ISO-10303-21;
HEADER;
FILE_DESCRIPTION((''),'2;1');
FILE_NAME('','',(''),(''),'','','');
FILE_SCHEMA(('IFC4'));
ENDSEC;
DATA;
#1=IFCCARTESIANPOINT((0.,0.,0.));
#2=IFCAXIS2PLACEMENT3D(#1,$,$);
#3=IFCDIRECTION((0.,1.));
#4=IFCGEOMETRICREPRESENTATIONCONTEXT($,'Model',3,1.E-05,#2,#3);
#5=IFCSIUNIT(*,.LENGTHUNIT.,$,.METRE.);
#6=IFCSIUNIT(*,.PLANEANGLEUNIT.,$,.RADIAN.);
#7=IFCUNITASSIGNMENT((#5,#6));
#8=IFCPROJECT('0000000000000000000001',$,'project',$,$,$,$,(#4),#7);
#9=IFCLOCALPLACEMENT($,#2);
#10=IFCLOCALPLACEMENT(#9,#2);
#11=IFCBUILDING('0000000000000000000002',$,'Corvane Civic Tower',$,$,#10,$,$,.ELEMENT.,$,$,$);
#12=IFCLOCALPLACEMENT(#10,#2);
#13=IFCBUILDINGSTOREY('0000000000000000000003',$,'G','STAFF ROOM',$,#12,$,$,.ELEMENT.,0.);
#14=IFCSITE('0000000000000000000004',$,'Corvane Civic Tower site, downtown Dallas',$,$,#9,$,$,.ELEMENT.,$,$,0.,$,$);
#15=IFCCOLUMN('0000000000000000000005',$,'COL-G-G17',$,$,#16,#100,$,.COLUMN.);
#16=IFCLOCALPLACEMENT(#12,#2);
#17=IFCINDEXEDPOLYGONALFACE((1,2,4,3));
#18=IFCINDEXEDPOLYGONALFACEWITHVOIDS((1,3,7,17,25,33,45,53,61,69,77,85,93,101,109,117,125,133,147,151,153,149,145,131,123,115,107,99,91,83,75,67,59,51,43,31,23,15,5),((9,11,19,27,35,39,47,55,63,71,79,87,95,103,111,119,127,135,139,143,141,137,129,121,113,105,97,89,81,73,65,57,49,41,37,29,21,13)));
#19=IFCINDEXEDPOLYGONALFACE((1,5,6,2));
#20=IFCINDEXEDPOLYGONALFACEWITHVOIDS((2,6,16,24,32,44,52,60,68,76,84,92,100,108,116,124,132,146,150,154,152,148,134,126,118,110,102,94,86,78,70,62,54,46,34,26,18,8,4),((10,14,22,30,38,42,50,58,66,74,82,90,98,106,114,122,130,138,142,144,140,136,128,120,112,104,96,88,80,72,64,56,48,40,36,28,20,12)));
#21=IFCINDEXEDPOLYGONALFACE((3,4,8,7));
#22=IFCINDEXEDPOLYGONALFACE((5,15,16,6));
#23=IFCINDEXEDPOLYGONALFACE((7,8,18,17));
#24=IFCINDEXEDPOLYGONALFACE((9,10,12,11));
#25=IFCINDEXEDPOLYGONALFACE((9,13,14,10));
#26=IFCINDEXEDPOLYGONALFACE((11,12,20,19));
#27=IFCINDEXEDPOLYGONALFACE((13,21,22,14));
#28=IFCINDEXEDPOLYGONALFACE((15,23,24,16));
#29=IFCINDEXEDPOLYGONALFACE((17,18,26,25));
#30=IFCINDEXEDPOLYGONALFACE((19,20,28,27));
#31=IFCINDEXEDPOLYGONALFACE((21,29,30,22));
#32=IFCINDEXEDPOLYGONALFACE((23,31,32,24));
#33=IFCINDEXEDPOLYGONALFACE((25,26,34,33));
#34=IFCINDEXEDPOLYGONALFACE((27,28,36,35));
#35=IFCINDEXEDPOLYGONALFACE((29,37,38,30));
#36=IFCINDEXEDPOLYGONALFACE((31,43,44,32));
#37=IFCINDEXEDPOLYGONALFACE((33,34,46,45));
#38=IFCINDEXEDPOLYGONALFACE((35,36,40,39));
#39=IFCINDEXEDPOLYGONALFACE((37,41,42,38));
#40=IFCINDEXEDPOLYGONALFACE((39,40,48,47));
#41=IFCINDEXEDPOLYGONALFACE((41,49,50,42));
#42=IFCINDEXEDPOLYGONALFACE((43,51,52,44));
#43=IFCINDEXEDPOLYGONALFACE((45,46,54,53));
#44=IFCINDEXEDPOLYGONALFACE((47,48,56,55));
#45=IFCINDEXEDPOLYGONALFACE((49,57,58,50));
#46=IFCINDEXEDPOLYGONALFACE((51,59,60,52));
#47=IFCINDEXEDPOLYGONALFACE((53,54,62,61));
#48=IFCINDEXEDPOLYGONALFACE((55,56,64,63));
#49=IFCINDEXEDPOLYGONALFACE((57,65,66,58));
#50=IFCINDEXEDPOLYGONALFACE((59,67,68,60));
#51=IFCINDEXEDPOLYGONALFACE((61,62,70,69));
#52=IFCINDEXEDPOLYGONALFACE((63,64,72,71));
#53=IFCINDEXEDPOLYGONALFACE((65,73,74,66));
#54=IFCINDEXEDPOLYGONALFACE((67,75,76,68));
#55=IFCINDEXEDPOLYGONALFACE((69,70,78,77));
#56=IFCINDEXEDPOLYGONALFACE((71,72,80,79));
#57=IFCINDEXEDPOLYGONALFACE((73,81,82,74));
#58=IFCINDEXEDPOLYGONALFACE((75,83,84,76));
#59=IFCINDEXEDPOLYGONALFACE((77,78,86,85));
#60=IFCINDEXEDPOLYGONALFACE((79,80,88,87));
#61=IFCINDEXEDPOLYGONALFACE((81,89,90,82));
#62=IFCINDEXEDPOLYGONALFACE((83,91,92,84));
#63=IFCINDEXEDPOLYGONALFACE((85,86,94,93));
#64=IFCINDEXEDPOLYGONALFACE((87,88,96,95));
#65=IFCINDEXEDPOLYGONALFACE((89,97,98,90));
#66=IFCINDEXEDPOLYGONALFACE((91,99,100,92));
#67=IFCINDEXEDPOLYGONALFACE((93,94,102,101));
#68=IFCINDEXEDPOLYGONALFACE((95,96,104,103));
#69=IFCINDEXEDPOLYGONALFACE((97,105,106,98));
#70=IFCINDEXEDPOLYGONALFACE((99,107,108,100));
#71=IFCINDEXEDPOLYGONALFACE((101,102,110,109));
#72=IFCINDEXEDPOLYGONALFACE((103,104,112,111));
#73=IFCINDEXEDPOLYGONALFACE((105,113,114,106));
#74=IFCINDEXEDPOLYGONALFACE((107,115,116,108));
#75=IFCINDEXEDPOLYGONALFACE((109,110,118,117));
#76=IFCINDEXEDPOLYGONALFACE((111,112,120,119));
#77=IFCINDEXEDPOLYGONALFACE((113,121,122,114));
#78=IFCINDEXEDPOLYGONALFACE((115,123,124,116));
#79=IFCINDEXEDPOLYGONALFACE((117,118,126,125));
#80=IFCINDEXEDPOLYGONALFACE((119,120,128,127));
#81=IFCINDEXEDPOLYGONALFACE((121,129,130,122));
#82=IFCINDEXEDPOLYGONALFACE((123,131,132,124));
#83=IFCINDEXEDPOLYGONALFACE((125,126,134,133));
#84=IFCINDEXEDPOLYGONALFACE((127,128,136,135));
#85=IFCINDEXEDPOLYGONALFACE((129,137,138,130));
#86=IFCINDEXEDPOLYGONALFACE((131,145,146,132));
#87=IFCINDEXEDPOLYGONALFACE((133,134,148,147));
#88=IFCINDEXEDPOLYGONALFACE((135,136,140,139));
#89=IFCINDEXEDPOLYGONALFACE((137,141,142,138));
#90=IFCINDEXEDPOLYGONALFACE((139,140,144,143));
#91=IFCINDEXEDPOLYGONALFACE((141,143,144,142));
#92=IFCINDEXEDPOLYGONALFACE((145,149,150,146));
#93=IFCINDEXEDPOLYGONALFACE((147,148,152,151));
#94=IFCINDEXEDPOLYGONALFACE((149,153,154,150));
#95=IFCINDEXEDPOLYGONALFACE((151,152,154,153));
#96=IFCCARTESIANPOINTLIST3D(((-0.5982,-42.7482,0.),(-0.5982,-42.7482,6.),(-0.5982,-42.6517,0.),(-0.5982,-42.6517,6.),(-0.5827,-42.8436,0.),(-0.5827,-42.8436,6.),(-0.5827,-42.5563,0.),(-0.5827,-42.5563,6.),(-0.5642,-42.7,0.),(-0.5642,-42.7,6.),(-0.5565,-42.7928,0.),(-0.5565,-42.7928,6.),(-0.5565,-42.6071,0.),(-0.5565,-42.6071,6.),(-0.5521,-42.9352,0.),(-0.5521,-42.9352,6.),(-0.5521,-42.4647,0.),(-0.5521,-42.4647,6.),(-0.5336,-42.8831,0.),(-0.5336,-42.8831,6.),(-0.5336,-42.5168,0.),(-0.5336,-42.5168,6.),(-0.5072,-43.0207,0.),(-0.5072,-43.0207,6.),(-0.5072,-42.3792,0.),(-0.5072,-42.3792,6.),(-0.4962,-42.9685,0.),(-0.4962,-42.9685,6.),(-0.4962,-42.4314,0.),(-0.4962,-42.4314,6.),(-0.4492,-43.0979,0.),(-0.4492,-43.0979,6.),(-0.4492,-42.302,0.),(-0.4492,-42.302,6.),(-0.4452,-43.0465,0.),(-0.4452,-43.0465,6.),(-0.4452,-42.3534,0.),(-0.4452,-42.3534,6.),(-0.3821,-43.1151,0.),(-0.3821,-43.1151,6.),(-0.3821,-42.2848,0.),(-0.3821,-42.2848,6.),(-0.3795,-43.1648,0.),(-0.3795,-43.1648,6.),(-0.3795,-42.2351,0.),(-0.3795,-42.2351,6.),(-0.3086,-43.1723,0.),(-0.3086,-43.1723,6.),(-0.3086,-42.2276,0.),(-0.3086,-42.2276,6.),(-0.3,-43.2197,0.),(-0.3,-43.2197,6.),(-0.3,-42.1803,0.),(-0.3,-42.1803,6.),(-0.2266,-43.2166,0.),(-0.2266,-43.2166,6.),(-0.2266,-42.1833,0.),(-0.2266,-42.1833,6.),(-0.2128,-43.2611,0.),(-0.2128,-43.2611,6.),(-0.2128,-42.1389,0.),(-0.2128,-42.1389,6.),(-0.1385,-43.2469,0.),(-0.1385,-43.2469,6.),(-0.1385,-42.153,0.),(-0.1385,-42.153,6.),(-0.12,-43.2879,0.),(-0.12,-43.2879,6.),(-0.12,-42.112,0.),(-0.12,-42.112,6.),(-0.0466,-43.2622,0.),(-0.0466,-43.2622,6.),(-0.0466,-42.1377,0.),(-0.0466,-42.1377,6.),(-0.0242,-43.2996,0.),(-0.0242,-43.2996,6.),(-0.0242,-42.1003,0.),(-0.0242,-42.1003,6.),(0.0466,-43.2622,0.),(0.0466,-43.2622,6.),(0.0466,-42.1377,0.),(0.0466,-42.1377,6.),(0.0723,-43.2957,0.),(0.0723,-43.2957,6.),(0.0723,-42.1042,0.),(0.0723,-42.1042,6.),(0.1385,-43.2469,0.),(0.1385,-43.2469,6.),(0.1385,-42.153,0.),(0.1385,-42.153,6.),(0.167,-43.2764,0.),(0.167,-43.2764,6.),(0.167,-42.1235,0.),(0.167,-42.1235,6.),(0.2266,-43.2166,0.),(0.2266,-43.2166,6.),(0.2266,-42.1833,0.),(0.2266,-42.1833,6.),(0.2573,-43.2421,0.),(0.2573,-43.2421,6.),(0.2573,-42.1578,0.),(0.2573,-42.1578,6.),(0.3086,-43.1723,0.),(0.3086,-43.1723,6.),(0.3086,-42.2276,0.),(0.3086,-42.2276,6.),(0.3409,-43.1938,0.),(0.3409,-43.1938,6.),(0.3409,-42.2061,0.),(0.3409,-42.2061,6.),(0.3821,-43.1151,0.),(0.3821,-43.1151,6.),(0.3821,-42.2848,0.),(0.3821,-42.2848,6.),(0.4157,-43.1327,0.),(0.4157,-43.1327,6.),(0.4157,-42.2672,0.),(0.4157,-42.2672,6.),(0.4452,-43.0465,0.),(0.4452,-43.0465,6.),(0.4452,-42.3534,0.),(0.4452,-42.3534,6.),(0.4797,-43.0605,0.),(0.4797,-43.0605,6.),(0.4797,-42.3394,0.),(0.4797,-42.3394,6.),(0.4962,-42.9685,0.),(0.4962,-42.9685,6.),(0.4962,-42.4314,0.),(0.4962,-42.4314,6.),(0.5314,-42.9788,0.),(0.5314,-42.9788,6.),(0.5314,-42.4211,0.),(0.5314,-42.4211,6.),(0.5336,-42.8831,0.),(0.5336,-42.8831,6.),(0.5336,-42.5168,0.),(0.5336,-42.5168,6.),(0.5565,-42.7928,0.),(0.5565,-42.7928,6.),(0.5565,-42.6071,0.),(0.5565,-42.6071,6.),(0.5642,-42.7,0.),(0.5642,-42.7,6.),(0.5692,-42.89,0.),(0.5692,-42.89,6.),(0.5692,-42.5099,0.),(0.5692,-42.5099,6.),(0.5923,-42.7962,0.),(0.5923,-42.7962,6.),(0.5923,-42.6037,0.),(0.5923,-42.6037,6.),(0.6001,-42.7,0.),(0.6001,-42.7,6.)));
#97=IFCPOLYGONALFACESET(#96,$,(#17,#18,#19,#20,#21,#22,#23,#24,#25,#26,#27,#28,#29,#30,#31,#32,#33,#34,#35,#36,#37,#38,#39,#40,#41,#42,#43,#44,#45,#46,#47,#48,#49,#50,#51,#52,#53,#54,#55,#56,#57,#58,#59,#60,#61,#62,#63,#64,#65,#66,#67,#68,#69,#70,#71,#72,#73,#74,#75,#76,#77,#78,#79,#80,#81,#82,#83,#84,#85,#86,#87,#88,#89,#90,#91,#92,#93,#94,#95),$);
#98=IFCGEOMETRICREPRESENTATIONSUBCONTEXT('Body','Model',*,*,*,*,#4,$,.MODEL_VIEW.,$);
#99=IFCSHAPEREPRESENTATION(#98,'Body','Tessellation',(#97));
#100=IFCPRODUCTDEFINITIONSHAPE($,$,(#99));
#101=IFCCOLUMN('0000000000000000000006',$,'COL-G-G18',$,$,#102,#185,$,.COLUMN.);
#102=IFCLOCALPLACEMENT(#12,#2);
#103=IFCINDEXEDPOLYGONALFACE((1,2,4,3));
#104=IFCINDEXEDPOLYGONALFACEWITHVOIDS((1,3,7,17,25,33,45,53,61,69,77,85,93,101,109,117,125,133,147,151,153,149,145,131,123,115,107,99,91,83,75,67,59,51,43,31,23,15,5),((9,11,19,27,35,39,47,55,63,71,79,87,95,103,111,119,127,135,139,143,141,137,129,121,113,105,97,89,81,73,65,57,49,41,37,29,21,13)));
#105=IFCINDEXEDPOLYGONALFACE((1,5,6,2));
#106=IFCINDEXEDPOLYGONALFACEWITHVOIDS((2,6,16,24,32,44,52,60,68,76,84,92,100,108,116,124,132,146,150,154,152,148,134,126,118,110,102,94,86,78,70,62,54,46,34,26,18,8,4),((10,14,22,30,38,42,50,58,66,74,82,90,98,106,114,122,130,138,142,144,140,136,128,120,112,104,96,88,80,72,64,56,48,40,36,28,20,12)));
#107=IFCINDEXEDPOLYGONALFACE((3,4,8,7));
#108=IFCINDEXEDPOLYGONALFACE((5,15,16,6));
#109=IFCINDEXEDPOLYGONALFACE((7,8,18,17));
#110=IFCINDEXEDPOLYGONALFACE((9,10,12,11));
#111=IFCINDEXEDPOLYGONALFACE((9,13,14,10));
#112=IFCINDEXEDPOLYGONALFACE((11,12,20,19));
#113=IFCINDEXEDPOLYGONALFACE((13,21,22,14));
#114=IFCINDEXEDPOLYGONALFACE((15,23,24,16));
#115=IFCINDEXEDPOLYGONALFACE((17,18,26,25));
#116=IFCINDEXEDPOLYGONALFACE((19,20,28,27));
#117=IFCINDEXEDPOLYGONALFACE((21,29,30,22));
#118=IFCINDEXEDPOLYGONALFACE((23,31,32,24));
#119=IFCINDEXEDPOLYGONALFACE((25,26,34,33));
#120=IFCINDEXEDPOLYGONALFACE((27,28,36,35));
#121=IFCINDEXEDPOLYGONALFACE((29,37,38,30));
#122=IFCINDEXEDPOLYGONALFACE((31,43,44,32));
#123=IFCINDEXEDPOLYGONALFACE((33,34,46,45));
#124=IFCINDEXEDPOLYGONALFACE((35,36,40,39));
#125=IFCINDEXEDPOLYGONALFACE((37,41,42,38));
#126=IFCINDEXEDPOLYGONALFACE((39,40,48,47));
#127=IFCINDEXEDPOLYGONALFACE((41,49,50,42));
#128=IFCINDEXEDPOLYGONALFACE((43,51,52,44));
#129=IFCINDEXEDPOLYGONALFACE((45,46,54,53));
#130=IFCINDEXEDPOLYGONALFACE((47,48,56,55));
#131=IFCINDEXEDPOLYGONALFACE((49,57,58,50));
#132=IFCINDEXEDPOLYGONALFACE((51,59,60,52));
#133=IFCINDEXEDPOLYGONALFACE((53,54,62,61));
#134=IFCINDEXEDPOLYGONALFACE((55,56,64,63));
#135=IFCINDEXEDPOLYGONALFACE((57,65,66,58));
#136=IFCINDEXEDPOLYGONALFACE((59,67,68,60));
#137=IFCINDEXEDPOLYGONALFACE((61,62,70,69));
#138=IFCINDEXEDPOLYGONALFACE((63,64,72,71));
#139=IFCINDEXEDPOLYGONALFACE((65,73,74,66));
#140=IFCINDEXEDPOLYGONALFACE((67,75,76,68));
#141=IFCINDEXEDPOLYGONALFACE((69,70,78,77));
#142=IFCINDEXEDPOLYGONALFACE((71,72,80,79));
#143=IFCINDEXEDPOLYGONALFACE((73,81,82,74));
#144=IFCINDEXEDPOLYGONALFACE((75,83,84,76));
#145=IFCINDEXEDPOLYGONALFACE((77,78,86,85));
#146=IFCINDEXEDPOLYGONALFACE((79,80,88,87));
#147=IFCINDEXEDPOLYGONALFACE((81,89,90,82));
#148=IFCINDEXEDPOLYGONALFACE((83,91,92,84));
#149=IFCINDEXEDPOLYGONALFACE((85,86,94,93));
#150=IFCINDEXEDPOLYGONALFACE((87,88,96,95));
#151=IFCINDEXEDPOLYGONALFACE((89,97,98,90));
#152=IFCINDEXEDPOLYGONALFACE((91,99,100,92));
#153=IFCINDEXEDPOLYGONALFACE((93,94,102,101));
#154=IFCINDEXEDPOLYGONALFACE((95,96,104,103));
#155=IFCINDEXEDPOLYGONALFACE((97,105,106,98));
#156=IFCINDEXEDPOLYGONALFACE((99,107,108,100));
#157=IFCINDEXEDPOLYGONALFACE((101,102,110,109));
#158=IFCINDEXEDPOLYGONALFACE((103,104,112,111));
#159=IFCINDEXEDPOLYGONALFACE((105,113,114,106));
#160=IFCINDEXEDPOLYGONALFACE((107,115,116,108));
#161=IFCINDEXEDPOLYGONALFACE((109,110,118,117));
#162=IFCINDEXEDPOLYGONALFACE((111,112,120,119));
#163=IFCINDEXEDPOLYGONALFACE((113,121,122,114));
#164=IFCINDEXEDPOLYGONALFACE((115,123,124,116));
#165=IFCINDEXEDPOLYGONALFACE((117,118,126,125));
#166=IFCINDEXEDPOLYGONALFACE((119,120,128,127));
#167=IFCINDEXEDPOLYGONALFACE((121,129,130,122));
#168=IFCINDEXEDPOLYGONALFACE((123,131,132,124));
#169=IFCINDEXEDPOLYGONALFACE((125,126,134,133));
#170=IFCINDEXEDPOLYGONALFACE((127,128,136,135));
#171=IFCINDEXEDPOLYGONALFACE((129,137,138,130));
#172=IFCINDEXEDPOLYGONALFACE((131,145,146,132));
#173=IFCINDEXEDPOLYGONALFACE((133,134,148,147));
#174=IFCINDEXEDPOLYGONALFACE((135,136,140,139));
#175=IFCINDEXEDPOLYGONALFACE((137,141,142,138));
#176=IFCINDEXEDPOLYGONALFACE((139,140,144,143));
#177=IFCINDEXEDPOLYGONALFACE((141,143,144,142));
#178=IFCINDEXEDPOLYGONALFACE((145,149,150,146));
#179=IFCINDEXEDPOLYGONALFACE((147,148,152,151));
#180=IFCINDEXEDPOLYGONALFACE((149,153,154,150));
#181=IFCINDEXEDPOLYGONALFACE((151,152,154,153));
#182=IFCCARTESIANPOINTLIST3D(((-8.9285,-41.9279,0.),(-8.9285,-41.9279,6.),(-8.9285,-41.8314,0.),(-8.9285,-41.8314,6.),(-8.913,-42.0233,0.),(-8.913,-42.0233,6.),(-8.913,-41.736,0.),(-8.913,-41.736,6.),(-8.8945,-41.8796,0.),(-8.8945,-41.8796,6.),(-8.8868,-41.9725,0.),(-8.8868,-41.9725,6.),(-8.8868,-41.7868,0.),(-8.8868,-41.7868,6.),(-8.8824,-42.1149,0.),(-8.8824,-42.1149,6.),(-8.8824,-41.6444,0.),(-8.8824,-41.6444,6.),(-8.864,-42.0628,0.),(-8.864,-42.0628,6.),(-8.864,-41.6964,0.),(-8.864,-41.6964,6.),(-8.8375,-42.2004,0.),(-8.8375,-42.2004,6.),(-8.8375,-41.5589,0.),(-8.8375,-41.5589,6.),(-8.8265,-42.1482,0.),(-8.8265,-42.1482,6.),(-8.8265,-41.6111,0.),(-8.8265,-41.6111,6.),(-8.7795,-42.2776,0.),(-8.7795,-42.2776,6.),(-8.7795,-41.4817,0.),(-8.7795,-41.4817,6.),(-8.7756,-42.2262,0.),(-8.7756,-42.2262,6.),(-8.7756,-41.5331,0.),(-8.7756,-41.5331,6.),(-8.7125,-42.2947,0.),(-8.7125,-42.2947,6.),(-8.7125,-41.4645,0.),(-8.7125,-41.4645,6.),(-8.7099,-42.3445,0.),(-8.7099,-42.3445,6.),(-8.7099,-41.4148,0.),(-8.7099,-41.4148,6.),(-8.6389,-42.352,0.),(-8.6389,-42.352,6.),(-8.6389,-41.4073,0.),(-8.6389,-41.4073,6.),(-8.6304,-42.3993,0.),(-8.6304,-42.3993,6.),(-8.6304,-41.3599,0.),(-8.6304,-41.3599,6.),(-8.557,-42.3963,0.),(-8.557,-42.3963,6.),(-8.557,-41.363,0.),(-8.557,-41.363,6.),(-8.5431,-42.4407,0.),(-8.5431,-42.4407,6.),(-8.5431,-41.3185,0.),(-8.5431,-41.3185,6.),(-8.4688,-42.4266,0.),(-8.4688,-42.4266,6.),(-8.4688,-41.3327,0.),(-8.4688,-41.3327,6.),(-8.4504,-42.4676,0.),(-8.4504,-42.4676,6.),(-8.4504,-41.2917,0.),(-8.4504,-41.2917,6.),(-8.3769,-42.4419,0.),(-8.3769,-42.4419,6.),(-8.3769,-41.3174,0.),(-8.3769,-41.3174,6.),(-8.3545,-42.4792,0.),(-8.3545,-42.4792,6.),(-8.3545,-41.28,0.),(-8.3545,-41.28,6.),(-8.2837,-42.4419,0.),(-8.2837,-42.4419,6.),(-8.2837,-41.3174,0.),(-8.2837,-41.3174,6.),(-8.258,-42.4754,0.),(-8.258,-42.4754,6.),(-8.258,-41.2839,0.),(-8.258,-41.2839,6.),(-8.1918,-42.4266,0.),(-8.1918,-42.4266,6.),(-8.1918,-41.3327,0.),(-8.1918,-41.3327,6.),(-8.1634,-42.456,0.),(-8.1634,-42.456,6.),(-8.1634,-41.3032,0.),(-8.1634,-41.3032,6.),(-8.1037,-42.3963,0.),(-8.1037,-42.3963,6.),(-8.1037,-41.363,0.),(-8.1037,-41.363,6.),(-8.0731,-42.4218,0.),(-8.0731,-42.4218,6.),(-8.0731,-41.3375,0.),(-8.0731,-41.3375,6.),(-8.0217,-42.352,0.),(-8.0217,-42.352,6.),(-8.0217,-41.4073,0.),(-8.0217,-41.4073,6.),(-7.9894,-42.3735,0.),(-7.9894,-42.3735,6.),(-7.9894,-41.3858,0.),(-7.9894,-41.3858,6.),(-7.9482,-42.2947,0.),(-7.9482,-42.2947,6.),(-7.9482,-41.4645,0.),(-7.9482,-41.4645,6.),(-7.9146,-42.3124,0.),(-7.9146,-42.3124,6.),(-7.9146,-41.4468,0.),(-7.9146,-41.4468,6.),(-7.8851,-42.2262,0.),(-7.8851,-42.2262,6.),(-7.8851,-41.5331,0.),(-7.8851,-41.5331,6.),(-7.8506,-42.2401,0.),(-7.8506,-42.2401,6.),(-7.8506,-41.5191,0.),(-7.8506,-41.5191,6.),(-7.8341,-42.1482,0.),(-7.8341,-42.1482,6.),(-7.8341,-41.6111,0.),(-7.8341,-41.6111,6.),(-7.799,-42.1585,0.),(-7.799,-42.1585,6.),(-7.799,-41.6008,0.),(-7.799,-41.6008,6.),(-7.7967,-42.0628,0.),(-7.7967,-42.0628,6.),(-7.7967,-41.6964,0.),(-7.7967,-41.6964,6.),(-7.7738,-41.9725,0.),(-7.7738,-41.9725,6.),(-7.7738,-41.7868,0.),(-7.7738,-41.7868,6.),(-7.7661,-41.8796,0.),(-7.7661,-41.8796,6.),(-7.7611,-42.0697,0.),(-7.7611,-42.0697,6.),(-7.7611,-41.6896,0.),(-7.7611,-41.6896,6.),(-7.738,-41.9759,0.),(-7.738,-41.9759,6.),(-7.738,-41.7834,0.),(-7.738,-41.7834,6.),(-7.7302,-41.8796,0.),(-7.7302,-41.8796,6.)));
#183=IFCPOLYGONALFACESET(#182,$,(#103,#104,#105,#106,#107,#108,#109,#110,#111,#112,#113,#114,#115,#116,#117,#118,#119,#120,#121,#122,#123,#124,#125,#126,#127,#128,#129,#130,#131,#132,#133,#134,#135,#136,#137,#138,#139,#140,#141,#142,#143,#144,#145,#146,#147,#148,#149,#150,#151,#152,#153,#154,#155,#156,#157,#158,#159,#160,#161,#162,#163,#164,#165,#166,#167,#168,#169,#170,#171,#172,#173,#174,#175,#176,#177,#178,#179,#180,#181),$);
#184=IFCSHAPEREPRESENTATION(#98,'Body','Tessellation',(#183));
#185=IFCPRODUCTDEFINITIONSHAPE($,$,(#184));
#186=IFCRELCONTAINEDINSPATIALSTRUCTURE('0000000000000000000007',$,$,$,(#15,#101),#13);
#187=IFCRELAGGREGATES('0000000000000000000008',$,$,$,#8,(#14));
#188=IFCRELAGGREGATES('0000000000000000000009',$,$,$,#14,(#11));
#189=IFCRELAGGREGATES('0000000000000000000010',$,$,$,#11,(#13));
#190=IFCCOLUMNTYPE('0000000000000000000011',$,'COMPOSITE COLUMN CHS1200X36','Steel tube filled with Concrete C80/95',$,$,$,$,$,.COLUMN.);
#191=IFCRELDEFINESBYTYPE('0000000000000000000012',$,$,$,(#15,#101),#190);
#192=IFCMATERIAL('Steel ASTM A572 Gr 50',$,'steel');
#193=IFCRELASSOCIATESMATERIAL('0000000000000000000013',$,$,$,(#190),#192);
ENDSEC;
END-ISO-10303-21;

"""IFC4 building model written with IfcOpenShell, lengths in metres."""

from ifc_helpers import new_model, si_unit, direction, frame, origin, origin_2d, place, context, subcontext, project, spatial, hollow_circle, extrude, material, material_profile, profile_set, type_object, element, save


model = new_model("IFC4")

# Units and contexts
model_context = context("Model", 3, precision=1e-05, world=origin(), true_north=direction((0.0, 1.0)))
body_context = subcontext(model_context, "Body", "Model", "MODEL_VIEW")
ifc_project = project(units=[si_unit("LENGTHUNIT", "METRE"), si_unit("PLANEANGLEUNIT", "RADIAN")], contexts=[model_context])

# Site, building, storey
site_placement = place(None, origin())
site = spatial("IfcSite", under=ifc_project, at=site_placement, Name="Corvane Civic Tower site, downtown Dallas", CompositionType="ELEMENT", RefElevation=0.0)
building_placement = place(site_placement, origin())
building = spatial("IfcBuilding", under=site, at=building_placement, Name="Corvane Civic Tower", CompositionType="ELEMENT")
storey_placement = place(building_placement, origin())
storey = spatial("IfcBuildingStorey", under=building, at=storey_placement, Name="G", Description="STAFF ROOM", CompositionType="ELEMENT", Elevation=0.0)

# Columns
ifc_material_1 = material(Name="Steel ASTM A572 Gr 50", Category="steel")
ifc_material_profile_1 = material_profile(ifc_material_1, hollow_circle(Radius=0.6001, WallThickness=0.0359, at=origin_2d()), Name="CHS1200X36")
ifc_profile_set_1 = profile_set([ifc_material_profile_1], Name="Steel ASTM A572 Gr 50")
column_type_1 = type_object("IfcColumnType", Name="COMPOSITE COLUMN CHS1200X36", Description="Steel tube filled with Concrete C80/95", PredefinedType="COLUMN", material=ifc_profile_set_1)
for number, where, z_axis, x_axis, name in (
    (1, (0.0, -42.7, 0.0), (0.0, 0.0, 1.0), (1.0, 0.0, 0.0), "COL-G-G17"),
    (2, (-8.3303, -41.8796, 0.0), (0.0, 0.0, 1.0), (1.0, 0.0, 0.0), "COL-G-G18"),
):
    element("IfcColumn", number, at=place(storey_placement, frame(where, z_axis=z_axis, x_axis=x_axis)), inside=storey, type_object=column_type_1, Name=name, PredefinedType="COLUMN", context=body_context, shape_type="SweptSolid", body=[
        extrude(hollow_circle(Radius=0.6001, WallThickness=0.0359, at=origin_2d()), origin(), (0.0, 0.0, 1.0), 6.0),
    ])

save(model, "model.ifc")
